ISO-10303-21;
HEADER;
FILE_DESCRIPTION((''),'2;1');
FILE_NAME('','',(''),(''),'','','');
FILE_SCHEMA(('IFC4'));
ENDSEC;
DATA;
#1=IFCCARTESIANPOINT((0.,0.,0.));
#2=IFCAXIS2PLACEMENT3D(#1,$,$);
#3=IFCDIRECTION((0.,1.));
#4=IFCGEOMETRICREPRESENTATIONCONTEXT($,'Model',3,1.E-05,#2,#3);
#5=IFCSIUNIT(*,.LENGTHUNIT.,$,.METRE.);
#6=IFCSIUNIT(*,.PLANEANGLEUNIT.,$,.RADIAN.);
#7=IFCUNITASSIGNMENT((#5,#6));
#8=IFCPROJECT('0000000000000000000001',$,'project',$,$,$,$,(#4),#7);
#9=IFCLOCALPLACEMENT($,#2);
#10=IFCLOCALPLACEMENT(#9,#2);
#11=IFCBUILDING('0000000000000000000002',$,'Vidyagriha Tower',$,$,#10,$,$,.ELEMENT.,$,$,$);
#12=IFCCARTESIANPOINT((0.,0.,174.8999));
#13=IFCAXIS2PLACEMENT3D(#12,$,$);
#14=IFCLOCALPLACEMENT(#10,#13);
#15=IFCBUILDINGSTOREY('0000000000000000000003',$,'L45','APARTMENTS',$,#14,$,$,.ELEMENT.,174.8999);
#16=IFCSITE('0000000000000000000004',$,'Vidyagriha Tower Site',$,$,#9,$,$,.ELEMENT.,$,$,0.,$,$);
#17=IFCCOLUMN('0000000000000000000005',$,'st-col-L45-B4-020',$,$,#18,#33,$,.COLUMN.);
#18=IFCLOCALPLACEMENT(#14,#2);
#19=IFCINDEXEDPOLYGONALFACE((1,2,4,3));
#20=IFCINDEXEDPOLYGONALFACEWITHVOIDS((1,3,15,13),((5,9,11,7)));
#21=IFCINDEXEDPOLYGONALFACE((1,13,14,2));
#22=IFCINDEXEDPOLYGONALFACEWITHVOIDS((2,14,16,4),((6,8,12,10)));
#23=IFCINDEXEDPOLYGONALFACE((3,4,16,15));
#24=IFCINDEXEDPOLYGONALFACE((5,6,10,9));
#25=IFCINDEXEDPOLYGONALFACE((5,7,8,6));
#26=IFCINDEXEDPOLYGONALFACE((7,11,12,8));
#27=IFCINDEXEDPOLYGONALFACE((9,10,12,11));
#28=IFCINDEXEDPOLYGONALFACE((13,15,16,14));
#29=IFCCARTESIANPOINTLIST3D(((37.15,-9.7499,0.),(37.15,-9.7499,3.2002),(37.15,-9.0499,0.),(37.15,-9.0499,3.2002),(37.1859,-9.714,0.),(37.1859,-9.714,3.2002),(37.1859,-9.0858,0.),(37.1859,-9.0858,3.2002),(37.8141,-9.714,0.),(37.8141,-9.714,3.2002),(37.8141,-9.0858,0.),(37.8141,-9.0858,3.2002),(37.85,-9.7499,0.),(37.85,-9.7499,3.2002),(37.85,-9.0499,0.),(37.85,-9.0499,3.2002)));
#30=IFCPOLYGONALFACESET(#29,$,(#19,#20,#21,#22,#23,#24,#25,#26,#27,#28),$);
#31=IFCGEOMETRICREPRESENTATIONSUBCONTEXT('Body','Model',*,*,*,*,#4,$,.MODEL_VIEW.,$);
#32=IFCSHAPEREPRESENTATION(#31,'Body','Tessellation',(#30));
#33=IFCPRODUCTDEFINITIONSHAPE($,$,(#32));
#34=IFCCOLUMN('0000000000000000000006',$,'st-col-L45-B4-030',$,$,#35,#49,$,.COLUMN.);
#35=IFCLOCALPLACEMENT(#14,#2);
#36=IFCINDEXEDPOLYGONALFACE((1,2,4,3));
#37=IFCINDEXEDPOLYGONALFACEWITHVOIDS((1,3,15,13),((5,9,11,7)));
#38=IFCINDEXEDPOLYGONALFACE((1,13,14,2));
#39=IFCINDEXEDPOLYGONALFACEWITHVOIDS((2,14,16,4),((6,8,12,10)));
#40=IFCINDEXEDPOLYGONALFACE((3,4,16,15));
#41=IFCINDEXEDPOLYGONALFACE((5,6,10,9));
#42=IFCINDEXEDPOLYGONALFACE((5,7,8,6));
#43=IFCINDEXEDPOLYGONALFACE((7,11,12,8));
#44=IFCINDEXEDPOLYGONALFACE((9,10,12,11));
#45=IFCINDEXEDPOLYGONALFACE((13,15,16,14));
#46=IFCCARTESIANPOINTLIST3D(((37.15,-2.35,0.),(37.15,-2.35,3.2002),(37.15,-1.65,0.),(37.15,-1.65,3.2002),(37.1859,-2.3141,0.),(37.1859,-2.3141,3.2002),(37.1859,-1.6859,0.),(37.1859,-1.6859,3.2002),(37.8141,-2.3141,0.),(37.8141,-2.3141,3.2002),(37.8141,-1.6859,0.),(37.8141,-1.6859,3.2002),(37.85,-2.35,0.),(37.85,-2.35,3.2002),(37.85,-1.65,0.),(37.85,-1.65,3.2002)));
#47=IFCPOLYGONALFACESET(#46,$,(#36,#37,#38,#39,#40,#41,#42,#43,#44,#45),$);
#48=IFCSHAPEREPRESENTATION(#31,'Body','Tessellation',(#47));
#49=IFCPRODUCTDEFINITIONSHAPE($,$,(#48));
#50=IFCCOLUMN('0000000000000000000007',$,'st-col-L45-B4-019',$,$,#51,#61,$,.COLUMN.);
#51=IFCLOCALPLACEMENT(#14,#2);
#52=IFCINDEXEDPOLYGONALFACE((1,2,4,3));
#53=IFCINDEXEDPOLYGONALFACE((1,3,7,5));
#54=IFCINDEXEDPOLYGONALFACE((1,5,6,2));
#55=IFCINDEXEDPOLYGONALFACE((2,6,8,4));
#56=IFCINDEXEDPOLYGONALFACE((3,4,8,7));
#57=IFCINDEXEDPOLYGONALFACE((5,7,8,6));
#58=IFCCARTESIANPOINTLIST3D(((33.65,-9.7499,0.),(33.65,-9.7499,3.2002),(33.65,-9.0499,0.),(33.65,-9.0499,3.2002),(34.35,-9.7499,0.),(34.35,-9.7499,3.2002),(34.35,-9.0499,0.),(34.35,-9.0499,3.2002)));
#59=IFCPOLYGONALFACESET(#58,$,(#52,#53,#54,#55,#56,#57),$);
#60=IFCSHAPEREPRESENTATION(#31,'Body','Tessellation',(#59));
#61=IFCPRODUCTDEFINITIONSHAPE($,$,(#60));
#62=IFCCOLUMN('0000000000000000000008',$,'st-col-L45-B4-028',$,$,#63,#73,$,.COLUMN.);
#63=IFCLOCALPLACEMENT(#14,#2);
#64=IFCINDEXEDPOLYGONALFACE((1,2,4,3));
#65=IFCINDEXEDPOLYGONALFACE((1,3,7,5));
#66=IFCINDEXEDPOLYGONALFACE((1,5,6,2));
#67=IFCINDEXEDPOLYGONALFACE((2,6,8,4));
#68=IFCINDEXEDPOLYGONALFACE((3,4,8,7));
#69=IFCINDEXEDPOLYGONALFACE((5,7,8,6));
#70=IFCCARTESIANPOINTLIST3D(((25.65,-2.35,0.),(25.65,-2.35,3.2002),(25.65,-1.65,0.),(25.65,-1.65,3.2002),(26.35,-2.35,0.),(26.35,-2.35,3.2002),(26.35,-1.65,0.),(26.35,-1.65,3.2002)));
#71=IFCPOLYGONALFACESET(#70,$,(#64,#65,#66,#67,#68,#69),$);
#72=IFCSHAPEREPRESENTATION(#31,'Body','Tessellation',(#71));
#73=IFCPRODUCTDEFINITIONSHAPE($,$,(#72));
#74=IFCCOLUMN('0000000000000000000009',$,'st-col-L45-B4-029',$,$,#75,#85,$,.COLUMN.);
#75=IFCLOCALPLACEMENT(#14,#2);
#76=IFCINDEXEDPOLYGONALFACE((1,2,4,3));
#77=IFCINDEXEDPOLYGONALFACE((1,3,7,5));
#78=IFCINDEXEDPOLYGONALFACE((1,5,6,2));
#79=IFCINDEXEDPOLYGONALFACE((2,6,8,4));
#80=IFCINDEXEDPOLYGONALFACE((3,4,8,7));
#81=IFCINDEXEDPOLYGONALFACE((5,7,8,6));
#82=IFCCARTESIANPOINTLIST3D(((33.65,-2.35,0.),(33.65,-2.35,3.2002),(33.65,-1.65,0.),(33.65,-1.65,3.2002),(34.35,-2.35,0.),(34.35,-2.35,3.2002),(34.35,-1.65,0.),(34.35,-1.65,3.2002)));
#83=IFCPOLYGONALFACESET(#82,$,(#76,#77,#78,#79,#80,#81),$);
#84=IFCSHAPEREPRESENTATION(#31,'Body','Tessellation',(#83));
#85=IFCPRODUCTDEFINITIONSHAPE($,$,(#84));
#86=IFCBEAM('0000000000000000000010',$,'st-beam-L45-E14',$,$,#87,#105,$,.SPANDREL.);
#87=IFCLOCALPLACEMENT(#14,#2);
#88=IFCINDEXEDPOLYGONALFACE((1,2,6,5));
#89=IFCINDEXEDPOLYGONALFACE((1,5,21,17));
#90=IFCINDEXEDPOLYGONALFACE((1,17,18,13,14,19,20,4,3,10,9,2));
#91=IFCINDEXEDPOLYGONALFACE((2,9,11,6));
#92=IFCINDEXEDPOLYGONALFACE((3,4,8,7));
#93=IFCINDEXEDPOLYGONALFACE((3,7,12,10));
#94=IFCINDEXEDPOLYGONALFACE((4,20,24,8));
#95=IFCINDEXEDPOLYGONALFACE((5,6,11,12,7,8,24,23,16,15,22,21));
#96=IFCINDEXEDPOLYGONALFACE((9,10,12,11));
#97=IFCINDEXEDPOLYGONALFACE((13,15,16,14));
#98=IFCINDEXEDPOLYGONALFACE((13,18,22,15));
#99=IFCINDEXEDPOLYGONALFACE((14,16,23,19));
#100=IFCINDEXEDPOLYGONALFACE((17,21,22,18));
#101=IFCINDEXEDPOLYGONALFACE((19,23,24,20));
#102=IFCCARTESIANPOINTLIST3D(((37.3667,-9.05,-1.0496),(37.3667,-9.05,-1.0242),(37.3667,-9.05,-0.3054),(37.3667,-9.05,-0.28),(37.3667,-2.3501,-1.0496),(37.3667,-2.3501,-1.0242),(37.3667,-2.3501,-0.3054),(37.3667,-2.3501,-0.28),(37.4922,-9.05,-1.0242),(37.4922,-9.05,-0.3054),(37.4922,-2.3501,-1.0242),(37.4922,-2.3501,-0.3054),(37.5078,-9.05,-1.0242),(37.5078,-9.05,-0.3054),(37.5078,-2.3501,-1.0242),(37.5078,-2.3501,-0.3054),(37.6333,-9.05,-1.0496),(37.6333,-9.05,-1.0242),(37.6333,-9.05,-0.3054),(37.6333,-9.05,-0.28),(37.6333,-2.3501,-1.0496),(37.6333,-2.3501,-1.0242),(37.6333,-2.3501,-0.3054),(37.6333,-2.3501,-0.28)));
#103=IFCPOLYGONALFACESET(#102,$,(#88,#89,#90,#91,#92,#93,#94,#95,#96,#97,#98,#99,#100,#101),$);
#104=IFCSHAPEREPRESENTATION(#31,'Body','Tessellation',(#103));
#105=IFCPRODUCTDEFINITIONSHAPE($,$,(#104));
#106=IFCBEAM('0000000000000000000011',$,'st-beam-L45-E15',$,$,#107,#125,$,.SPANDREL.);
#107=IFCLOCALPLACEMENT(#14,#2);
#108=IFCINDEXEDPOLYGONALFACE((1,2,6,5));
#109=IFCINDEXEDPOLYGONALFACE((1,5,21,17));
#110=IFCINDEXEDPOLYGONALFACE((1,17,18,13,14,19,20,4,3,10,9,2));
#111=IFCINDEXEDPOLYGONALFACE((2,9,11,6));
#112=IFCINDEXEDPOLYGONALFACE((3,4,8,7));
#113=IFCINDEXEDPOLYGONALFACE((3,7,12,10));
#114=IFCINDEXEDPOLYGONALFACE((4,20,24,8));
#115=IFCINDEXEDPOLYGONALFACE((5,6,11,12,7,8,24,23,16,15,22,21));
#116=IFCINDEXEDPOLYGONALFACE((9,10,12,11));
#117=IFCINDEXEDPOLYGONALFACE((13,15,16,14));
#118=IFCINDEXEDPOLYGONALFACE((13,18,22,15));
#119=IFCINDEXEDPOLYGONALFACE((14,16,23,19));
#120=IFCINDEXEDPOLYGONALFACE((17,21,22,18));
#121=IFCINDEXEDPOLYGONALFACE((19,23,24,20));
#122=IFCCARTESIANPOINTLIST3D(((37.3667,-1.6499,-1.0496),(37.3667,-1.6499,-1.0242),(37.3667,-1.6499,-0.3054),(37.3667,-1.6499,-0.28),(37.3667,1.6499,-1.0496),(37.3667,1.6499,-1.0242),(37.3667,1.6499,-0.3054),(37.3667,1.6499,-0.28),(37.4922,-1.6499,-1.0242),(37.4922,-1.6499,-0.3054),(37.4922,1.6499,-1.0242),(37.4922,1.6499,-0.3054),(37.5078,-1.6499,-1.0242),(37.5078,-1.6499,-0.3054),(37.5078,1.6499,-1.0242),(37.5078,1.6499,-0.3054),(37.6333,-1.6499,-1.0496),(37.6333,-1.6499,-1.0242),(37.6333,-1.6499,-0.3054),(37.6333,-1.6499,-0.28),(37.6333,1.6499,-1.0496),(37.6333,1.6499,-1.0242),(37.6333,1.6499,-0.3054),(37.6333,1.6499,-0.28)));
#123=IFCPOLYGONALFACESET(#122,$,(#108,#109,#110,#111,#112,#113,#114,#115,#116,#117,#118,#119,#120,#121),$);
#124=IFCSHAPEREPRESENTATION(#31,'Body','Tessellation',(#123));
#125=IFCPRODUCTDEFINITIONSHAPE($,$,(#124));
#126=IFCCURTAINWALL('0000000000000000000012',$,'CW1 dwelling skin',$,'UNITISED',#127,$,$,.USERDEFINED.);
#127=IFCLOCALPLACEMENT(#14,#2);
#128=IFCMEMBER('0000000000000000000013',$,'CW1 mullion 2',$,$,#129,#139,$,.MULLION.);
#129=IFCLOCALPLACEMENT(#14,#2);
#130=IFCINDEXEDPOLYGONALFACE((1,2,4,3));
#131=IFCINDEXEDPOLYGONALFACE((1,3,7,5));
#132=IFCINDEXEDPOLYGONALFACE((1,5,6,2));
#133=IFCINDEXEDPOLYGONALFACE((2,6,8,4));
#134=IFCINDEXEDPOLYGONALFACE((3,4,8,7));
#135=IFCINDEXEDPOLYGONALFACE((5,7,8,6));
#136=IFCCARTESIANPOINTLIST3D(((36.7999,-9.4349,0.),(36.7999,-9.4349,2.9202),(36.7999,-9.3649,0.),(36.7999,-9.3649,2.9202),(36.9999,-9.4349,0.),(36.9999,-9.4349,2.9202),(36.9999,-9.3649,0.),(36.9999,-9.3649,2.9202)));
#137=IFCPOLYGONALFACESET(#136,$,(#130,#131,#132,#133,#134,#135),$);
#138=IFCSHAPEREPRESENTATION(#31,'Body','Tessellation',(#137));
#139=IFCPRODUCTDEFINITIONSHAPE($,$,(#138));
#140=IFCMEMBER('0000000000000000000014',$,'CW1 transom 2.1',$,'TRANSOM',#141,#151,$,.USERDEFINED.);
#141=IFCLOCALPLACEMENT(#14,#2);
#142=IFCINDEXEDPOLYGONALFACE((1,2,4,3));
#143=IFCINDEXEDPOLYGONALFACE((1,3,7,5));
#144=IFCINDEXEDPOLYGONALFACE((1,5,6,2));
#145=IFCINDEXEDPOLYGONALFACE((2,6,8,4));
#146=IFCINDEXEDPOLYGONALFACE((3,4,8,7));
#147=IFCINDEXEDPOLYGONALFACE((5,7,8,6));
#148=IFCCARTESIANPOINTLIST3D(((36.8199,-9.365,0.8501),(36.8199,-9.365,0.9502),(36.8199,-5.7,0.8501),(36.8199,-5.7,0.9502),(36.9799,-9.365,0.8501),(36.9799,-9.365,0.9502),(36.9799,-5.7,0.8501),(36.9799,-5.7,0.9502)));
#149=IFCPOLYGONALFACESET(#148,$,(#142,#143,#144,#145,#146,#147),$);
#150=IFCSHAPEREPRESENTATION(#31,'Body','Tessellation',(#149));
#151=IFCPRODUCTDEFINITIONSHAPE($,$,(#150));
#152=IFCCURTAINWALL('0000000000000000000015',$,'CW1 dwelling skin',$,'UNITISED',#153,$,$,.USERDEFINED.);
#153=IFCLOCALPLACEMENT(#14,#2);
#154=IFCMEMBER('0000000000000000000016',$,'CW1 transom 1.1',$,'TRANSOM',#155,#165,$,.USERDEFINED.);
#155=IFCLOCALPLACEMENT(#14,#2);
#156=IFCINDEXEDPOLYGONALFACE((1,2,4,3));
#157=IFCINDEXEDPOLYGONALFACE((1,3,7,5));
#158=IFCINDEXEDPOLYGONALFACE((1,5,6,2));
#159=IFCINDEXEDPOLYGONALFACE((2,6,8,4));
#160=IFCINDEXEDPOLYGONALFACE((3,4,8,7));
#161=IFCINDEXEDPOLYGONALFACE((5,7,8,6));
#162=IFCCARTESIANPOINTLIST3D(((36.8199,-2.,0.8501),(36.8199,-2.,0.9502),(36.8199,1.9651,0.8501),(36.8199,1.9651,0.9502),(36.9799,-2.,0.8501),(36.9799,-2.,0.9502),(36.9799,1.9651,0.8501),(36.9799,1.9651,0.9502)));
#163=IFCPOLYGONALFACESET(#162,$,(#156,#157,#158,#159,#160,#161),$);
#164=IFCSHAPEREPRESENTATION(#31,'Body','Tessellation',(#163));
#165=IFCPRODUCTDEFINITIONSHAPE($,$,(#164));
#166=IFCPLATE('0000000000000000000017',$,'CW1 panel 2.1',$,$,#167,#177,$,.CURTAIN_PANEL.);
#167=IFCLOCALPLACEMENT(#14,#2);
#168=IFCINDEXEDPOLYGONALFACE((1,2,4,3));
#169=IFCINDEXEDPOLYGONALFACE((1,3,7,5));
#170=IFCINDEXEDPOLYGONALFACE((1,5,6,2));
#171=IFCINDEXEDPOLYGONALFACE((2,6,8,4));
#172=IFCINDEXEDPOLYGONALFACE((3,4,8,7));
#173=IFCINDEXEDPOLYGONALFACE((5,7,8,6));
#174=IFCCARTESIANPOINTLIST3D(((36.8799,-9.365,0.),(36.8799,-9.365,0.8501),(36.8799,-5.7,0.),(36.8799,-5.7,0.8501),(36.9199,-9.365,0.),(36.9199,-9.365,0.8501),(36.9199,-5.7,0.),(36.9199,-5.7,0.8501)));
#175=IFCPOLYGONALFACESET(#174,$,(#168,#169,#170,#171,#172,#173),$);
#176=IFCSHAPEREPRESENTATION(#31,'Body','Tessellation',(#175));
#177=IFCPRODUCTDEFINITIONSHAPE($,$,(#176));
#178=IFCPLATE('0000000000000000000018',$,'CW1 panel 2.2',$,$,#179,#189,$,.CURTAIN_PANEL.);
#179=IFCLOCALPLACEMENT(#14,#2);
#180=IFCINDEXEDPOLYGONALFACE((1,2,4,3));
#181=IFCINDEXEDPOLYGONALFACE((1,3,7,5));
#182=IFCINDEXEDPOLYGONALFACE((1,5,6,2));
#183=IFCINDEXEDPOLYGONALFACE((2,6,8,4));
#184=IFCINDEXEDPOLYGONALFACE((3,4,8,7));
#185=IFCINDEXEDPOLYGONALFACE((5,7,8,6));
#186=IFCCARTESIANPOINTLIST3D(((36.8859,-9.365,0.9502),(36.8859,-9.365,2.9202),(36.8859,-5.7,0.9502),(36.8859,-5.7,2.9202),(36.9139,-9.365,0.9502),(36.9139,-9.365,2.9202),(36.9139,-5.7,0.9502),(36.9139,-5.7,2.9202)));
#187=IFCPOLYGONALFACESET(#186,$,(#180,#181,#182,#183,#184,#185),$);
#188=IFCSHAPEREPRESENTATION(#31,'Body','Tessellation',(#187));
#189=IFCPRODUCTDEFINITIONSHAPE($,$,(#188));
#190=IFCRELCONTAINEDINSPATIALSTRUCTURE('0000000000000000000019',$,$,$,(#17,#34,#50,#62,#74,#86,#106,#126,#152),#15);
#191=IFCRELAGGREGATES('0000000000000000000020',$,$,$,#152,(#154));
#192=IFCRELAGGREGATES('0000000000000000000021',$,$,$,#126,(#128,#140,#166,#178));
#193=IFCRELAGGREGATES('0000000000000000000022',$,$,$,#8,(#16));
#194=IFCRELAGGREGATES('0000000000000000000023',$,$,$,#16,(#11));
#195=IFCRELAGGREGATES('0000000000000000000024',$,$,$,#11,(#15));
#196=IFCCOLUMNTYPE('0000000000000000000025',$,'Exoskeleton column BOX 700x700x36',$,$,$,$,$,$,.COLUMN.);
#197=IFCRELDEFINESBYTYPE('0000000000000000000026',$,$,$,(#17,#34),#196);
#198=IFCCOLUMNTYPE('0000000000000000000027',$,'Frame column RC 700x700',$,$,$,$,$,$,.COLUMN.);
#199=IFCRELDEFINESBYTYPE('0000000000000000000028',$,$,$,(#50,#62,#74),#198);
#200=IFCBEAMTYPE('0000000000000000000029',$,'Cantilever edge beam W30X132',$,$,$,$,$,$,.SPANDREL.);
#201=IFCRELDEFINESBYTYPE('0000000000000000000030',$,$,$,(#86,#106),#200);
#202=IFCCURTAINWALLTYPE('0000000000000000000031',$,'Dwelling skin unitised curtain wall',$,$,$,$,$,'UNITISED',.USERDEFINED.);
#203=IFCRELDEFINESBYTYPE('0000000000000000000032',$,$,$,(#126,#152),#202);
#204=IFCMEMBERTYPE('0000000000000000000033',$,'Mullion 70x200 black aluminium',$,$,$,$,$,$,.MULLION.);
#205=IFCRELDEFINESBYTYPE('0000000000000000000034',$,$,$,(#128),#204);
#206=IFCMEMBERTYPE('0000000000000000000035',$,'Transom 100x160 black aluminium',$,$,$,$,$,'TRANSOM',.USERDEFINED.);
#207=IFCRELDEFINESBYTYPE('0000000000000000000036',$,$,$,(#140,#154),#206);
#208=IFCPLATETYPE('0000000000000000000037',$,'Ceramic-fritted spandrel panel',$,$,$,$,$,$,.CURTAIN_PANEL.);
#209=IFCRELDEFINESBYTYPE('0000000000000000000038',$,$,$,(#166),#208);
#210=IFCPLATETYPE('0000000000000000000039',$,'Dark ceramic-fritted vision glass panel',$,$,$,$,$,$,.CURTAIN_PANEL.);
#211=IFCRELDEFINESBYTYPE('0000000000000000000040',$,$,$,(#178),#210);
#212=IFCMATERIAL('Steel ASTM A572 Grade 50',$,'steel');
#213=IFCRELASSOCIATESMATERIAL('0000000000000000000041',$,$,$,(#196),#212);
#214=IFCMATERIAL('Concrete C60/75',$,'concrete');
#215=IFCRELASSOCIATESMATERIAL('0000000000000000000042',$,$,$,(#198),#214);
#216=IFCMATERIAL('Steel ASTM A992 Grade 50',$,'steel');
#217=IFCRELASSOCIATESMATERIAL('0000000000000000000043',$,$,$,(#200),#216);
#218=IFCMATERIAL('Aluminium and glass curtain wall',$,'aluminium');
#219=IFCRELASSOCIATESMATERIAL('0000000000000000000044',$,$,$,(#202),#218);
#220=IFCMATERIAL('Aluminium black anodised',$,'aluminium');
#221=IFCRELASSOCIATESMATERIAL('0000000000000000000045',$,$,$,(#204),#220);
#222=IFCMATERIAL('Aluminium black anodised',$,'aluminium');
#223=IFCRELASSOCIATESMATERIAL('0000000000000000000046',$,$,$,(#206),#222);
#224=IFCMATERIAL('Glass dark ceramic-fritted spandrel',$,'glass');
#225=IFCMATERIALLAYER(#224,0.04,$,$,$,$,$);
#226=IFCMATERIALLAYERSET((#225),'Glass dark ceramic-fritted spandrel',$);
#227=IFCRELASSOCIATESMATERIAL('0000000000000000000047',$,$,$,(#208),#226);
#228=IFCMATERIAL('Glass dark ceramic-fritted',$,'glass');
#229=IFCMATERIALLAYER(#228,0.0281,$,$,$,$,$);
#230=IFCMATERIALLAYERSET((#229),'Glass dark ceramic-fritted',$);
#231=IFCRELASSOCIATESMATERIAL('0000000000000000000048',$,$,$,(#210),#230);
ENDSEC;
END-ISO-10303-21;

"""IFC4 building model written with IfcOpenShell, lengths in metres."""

from ifc_helpers import new_model, si_unit, direction, frame, origin, origin_2d, place, context, subcontext, project, spatial, rectangle, hollow_rectangle, i_section, extrude, material, layer, layer_set, material_profile, profile_set, type_object, element, aggregate, save


model = new_model("IFC4")

# Units and contexts
model_context = context("Model", 3, precision=1e-05, world=origin(), true_north=direction((0.0, 1.0)))
body_context = subcontext(model_context, "Body", "Model", "MODEL_VIEW")
ifc_project = project(units=[si_unit("LENGTHUNIT", "METRE"), si_unit("PLANEANGLEUNIT", "RADIAN")], contexts=[model_context])

# Site, building, storey
site_placement = place(None, origin())
site = spatial("IfcSite", under=ifc_project, at=site_placement, Name="Vidyagriha Tower Site", CompositionType="ELEMENT", RefElevation=0.0)
building_placement = place(site_placement, origin())
building = spatial("IfcBuilding", under=site, at=building_placement, Name="Vidyagriha Tower", CompositionType="ELEMENT")
storey_placement = place(building_placement, frame((0.0, 0.0, 174.8999)))
storey = spatial("IfcBuildingStorey", under=building, at=storey_placement, Name="L45", Description="APARTMENTS", CompositionType="ELEMENT", Elevation=174.8999)

# Columns
ifc_material_1 = material(Name="Steel ASTM A572 Grade 50", Category="steel")
ifc_material_profile_1 = material_profile(ifc_material_1, hollow_rectangle(XDim=0.7, YDim=0.7, WallThickness=0.0359, at=origin_2d()), Name="BOX 700x700x36")
ifc_profile_set_1 = profile_set([ifc_material_profile_1], Name="Steel ASTM A572 Grade 50")
column_type_1 = type_object("IfcColumnType", Name="Exoskeleton column BOX 700x700x36", PredefinedType="COLUMN", material=ifc_profile_set_1)
for number, where, name in (
    (1, (37.5, -9.3999, 0.0), "st-col-L45-B4-020"),
    (2, (37.5, -2.0, 0.0), "st-col-L45-B4-030"),
):
    element("IfcColumn", number, at=place(storey_placement, frame(where)), inside=storey, type_object=column_type_1, Name=name, PredefinedType="COLUMN", context=body_context, shape_type="SweptSolid", body=[
        extrude(hollow_rectangle(XDim=0.7, YDim=0.7, WallThickness=0.0359, at=origin_2d()), origin(), (0.0, 0.0, 1.0), 3.2002),
    ])
ifc_material_2 = material(Name="Concrete C60/75", Category="concrete")
ifc_material_profile_2 = material_profile(ifc_material_2, rectangle(XDim=0.7, YDim=0.7, at=origin_2d()), Name="RC 700x700")
ifc_profile_set_2 = profile_set([ifc_material_profile_2], Name="Concrete C60/75")
column_type_2 = type_object("IfcColumnType", Name="Frame column RC 700x700", PredefinedType="COLUMN", material=ifc_profile_set_2)
for number, where, name in (
    (3, (34.0, -9.3999, 0.0), "st-col-L45-B4-019"),
    (4, (26.0, -2.0, 0.0), "st-col-L45-B4-028"),
    (5, (34.0, -2.0, 0.0), "st-col-L45-B4-029"),
):
    element("IfcColumn", number, at=place(storey_placement, frame(where)), inside=storey, type_object=column_type_2, Name=name, PredefinedType="COLUMN", context=body_context, shape_type="SweptSolid", body=[
        extrude(rectangle(XDim=0.7, YDim=0.7, at=origin_2d()), origin(), (0.0, 0.0, 1.0), 3.2002),
    ])

# Beams
ifc_material_3 = material(Name="Steel ASTM A992 Grade 50", Category="steel")
ifc_material_profile_3 = material_profile(ifc_material_3, i_section(OverallWidth=0.2666, OverallDepth=0.7695, WebThickness=0.0156, FlangeThickness=0.0254, at=origin_2d()), Name="W30X132")
ifc_profile_set_3 = profile_set([ifc_material_profile_3], Name="Steel ASTM A992 Grade 50")
beam_type = type_object("IfcBeamType", Name="Cantilever edge beam W30X132", PredefinedType="SPANDREL", material=ifc_profile_set_3)
beam_1_placement = place(storey_placement, frame((37.5, -9.05, -0.6648), z_axis=(0.0, 1.0, 0.0), x_axis=(-1.0, 0.0, 0.0)))
element("IfcBeam", 6, at=beam_1_placement, inside=storey, type_object=beam_type, Name="st-beam-L45-E14", PredefinedType="SPANDREL", context=body_context, shape_type="SweptSolid", body=[
    extrude(i_section(OverallWidth=0.2666, OverallDepth=0.7695, WebThickness=0.0156, FlangeThickness=0.0254, at=origin_2d()), origin(), (0.0, 0.0, 1.0), 6.7),
])
beam_2_placement = place(storey_placement, frame((37.5, -1.6499, -0.6648), z_axis=(0.0, 1.0, 0.0), x_axis=(-1.0, 0.0, 0.0)))
element("IfcBeam", 7, at=beam_2_placement, inside=storey, type_object=beam_type, Name="st-beam-L45-E15", PredefinedType="SPANDREL", context=body_context, shape_type="SweptSolid", body=[
    extrude(i_section(OverallWidth=0.2666, OverallDepth=0.7695, WebThickness=0.0156, FlangeThickness=0.0254, at=origin_2d()), origin(), (0.0, 0.0, 1.0), 3.2998),
])

# Curtain wall, members
ifc_material_4 = material(Name="Aluminium and glass curtain wall", Category="aluminium")
curtain_wall_type = type_object("IfcCurtainWallType", Name="Dwelling skin unitised curtain wall", ElementType="UNITISED", PredefinedType="USERDEFINED", material=ifc_material_4)
curtain_wall_1_placement = place(storey_placement, origin())
curtain_wall_1 = element("IfcCurtainWall", 8, at=curtain_wall_1_placement, inside=storey, type_object=curtain_wall_type, Name="CW1 dwelling skin", ObjectType="UNITISED", PredefinedType="USERDEFINED")
ifc_material_5 = material(Name="Aluminium black anodised", Category="aluminium")
ifc_material_profile_4 = material_profile(ifc_material_5, rectangle(XDim=0.2, YDim=0.0701, at=origin_2d()), Name="Mullion 70x200 black aluminium")
ifc_profile_set_4 = profile_set([ifc_material_profile_4], Name="Aluminium black anodised")
member_type_1 = type_object("IfcMemberType", Name="Mullion 70x200 black aluminium", PredefinedType="MULLION", material=ifc_profile_set_4)
member_1_placement = place(storey_placement, frame((36.8999, -9.3999, 0.0), z_axis=(0.0, 0.0, 1.0), x_axis=(-1.0, 0.0, 0.0)))
member_1 = element("IfcMember", 9, at=member_1_placement, type_object=member_type_1, Name="CW1 mullion 2", PredefinedType="MULLION", context=body_context, shape_type="SweptSolid", body=[
    extrude(rectangle(XDim=0.2, YDim=0.0701, at=origin_2d()), origin(), (0.0, 0.0, 1.0), 2.9202),
])
ifc_material_6 = material(Name="Aluminium black anodised", Category="aluminium")
ifc_material_profile_5 = material_profile(ifc_material_6, rectangle(XDim=0.1599, YDim=0.1001, at=origin_2d()), Name="Transom 100x160 black aluminium")
ifc_profile_set_5 = profile_set([ifc_material_profile_5], Name="Aluminium black anodised")
member_type_2 = type_object("IfcMemberType", Name="Transom 100x160 black aluminium", ElementType="TRANSOM", PredefinedType="USERDEFINED", material=ifc_profile_set_5)
member_2_placement = place(storey_placement, frame((36.8999, -9.365, 0.9001), z_axis=(0.0, 1.0, 0.0), x_axis=(-1.0, 0.0, 0.0)))
member_2 = element("IfcMember", 10, at=member_2_placement, type_object=member_type_2, Name="CW1 transom 2.1", ObjectType="TRANSOM", PredefinedType="USERDEFINED", context=body_context, shape_type="SweptSolid", body=[
    extrude(rectangle(XDim=0.1599, YDim=0.1001, at=origin_2d()), origin(), (0.0, 0.0, 1.0), 3.665),
])

# Curtain wall, member
curtain_wall_2_placement = place(storey_placement, origin())
curtain_wall_2 = element("IfcCurtainWall", 11, at=curtain_wall_2_placement, inside=storey, type_object=curtain_wall_type, Name="CW1 dwelling skin", ObjectType="UNITISED", PredefinedType="USERDEFINED")
member_3_placement = place(storey_placement, frame((36.8999, -2.0, 0.9001), z_axis=(0.0, 1.0, 0.0), x_axis=(-1.0, 0.0, 0.0)))
member_3 = element("IfcMember", 12, at=member_3_placement, type_object=member_type_2, Name="CW1 transom 1.1", ObjectType="TRANSOM", PredefinedType="USERDEFINED", context=body_context, shape_type="SweptSolid", body=[
    extrude(rectangle(XDim=0.1599, YDim=0.1001, at=origin_2d()), origin(), (0.0, 0.0, 1.0), 3.9651),
])
aggregate(curtain_wall_2, [member_3])

# Plates
ifc_material_7 = material(Name="Glass dark ceramic-fritted spandrel", Category="glass")
ifc_layer_1 = layer(ifc_material_7, 0.04)
ifc_layer_set_1 = layer_set([ifc_layer_1], Name="Glass dark ceramic-fritted spandrel")
plate_type_1 = type_object("IfcPlateType", Name="Ceramic-fritted spandrel panel", PredefinedType="CURTAIN_PANEL", material=ifc_layer_set_1)
plate_1_placement = place(storey_placement, frame((36.8999, -7.5325, 0.0), z_axis=(0.0, 0.0, 1.0), x_axis=(0.0, 1.0, 0.0)))
plate_1 = element("IfcPlate", 13, at=plate_1_placement, type_object=plate_type_1, Name="CW1 panel 2.1", PredefinedType="CURTAIN_PANEL", context=body_context, shape_type="SweptSolid", body=[
    extrude(rectangle(XDim=3.665, YDim=0.04, at=origin_2d()), origin(), (0.0, 0.0, 1.0), 0.8501),
])
ifc_material_8 = material(Name="Glass dark ceramic-fritted", Category="glass")
ifc_layer_2 = layer(ifc_material_8, 0.0281)
ifc_layer_set_2 = layer_set([ifc_layer_2], Name="Glass dark ceramic-fritted")
plate_type_2 = type_object("IfcPlateType", Name="Dark ceramic-fritted vision glass panel", PredefinedType="CURTAIN_PANEL", material=ifc_layer_set_2)
plate_2_placement = place(storey_placement, frame((36.8999, -7.5325, 0.9502), z_axis=(0.0, 0.0, 1.0), x_axis=(0.0, 1.0, 0.0)))
plate_2 = element("IfcPlate", 14, at=plate_2_placement, type_object=plate_type_2, Name="CW1 panel 2.2", PredefinedType="CURTAIN_PANEL", context=body_context, shape_type="SweptSolid", body=[
    extrude(rectangle(XDim=3.665, YDim=0.0281, at=origin_2d()), origin(), (0.0, 0.0, 1.0), 1.97),
])
aggregate(curtain_wall_1, [member_1, member_2, plate_1, plate_2])

save(model, "model.ifc")
